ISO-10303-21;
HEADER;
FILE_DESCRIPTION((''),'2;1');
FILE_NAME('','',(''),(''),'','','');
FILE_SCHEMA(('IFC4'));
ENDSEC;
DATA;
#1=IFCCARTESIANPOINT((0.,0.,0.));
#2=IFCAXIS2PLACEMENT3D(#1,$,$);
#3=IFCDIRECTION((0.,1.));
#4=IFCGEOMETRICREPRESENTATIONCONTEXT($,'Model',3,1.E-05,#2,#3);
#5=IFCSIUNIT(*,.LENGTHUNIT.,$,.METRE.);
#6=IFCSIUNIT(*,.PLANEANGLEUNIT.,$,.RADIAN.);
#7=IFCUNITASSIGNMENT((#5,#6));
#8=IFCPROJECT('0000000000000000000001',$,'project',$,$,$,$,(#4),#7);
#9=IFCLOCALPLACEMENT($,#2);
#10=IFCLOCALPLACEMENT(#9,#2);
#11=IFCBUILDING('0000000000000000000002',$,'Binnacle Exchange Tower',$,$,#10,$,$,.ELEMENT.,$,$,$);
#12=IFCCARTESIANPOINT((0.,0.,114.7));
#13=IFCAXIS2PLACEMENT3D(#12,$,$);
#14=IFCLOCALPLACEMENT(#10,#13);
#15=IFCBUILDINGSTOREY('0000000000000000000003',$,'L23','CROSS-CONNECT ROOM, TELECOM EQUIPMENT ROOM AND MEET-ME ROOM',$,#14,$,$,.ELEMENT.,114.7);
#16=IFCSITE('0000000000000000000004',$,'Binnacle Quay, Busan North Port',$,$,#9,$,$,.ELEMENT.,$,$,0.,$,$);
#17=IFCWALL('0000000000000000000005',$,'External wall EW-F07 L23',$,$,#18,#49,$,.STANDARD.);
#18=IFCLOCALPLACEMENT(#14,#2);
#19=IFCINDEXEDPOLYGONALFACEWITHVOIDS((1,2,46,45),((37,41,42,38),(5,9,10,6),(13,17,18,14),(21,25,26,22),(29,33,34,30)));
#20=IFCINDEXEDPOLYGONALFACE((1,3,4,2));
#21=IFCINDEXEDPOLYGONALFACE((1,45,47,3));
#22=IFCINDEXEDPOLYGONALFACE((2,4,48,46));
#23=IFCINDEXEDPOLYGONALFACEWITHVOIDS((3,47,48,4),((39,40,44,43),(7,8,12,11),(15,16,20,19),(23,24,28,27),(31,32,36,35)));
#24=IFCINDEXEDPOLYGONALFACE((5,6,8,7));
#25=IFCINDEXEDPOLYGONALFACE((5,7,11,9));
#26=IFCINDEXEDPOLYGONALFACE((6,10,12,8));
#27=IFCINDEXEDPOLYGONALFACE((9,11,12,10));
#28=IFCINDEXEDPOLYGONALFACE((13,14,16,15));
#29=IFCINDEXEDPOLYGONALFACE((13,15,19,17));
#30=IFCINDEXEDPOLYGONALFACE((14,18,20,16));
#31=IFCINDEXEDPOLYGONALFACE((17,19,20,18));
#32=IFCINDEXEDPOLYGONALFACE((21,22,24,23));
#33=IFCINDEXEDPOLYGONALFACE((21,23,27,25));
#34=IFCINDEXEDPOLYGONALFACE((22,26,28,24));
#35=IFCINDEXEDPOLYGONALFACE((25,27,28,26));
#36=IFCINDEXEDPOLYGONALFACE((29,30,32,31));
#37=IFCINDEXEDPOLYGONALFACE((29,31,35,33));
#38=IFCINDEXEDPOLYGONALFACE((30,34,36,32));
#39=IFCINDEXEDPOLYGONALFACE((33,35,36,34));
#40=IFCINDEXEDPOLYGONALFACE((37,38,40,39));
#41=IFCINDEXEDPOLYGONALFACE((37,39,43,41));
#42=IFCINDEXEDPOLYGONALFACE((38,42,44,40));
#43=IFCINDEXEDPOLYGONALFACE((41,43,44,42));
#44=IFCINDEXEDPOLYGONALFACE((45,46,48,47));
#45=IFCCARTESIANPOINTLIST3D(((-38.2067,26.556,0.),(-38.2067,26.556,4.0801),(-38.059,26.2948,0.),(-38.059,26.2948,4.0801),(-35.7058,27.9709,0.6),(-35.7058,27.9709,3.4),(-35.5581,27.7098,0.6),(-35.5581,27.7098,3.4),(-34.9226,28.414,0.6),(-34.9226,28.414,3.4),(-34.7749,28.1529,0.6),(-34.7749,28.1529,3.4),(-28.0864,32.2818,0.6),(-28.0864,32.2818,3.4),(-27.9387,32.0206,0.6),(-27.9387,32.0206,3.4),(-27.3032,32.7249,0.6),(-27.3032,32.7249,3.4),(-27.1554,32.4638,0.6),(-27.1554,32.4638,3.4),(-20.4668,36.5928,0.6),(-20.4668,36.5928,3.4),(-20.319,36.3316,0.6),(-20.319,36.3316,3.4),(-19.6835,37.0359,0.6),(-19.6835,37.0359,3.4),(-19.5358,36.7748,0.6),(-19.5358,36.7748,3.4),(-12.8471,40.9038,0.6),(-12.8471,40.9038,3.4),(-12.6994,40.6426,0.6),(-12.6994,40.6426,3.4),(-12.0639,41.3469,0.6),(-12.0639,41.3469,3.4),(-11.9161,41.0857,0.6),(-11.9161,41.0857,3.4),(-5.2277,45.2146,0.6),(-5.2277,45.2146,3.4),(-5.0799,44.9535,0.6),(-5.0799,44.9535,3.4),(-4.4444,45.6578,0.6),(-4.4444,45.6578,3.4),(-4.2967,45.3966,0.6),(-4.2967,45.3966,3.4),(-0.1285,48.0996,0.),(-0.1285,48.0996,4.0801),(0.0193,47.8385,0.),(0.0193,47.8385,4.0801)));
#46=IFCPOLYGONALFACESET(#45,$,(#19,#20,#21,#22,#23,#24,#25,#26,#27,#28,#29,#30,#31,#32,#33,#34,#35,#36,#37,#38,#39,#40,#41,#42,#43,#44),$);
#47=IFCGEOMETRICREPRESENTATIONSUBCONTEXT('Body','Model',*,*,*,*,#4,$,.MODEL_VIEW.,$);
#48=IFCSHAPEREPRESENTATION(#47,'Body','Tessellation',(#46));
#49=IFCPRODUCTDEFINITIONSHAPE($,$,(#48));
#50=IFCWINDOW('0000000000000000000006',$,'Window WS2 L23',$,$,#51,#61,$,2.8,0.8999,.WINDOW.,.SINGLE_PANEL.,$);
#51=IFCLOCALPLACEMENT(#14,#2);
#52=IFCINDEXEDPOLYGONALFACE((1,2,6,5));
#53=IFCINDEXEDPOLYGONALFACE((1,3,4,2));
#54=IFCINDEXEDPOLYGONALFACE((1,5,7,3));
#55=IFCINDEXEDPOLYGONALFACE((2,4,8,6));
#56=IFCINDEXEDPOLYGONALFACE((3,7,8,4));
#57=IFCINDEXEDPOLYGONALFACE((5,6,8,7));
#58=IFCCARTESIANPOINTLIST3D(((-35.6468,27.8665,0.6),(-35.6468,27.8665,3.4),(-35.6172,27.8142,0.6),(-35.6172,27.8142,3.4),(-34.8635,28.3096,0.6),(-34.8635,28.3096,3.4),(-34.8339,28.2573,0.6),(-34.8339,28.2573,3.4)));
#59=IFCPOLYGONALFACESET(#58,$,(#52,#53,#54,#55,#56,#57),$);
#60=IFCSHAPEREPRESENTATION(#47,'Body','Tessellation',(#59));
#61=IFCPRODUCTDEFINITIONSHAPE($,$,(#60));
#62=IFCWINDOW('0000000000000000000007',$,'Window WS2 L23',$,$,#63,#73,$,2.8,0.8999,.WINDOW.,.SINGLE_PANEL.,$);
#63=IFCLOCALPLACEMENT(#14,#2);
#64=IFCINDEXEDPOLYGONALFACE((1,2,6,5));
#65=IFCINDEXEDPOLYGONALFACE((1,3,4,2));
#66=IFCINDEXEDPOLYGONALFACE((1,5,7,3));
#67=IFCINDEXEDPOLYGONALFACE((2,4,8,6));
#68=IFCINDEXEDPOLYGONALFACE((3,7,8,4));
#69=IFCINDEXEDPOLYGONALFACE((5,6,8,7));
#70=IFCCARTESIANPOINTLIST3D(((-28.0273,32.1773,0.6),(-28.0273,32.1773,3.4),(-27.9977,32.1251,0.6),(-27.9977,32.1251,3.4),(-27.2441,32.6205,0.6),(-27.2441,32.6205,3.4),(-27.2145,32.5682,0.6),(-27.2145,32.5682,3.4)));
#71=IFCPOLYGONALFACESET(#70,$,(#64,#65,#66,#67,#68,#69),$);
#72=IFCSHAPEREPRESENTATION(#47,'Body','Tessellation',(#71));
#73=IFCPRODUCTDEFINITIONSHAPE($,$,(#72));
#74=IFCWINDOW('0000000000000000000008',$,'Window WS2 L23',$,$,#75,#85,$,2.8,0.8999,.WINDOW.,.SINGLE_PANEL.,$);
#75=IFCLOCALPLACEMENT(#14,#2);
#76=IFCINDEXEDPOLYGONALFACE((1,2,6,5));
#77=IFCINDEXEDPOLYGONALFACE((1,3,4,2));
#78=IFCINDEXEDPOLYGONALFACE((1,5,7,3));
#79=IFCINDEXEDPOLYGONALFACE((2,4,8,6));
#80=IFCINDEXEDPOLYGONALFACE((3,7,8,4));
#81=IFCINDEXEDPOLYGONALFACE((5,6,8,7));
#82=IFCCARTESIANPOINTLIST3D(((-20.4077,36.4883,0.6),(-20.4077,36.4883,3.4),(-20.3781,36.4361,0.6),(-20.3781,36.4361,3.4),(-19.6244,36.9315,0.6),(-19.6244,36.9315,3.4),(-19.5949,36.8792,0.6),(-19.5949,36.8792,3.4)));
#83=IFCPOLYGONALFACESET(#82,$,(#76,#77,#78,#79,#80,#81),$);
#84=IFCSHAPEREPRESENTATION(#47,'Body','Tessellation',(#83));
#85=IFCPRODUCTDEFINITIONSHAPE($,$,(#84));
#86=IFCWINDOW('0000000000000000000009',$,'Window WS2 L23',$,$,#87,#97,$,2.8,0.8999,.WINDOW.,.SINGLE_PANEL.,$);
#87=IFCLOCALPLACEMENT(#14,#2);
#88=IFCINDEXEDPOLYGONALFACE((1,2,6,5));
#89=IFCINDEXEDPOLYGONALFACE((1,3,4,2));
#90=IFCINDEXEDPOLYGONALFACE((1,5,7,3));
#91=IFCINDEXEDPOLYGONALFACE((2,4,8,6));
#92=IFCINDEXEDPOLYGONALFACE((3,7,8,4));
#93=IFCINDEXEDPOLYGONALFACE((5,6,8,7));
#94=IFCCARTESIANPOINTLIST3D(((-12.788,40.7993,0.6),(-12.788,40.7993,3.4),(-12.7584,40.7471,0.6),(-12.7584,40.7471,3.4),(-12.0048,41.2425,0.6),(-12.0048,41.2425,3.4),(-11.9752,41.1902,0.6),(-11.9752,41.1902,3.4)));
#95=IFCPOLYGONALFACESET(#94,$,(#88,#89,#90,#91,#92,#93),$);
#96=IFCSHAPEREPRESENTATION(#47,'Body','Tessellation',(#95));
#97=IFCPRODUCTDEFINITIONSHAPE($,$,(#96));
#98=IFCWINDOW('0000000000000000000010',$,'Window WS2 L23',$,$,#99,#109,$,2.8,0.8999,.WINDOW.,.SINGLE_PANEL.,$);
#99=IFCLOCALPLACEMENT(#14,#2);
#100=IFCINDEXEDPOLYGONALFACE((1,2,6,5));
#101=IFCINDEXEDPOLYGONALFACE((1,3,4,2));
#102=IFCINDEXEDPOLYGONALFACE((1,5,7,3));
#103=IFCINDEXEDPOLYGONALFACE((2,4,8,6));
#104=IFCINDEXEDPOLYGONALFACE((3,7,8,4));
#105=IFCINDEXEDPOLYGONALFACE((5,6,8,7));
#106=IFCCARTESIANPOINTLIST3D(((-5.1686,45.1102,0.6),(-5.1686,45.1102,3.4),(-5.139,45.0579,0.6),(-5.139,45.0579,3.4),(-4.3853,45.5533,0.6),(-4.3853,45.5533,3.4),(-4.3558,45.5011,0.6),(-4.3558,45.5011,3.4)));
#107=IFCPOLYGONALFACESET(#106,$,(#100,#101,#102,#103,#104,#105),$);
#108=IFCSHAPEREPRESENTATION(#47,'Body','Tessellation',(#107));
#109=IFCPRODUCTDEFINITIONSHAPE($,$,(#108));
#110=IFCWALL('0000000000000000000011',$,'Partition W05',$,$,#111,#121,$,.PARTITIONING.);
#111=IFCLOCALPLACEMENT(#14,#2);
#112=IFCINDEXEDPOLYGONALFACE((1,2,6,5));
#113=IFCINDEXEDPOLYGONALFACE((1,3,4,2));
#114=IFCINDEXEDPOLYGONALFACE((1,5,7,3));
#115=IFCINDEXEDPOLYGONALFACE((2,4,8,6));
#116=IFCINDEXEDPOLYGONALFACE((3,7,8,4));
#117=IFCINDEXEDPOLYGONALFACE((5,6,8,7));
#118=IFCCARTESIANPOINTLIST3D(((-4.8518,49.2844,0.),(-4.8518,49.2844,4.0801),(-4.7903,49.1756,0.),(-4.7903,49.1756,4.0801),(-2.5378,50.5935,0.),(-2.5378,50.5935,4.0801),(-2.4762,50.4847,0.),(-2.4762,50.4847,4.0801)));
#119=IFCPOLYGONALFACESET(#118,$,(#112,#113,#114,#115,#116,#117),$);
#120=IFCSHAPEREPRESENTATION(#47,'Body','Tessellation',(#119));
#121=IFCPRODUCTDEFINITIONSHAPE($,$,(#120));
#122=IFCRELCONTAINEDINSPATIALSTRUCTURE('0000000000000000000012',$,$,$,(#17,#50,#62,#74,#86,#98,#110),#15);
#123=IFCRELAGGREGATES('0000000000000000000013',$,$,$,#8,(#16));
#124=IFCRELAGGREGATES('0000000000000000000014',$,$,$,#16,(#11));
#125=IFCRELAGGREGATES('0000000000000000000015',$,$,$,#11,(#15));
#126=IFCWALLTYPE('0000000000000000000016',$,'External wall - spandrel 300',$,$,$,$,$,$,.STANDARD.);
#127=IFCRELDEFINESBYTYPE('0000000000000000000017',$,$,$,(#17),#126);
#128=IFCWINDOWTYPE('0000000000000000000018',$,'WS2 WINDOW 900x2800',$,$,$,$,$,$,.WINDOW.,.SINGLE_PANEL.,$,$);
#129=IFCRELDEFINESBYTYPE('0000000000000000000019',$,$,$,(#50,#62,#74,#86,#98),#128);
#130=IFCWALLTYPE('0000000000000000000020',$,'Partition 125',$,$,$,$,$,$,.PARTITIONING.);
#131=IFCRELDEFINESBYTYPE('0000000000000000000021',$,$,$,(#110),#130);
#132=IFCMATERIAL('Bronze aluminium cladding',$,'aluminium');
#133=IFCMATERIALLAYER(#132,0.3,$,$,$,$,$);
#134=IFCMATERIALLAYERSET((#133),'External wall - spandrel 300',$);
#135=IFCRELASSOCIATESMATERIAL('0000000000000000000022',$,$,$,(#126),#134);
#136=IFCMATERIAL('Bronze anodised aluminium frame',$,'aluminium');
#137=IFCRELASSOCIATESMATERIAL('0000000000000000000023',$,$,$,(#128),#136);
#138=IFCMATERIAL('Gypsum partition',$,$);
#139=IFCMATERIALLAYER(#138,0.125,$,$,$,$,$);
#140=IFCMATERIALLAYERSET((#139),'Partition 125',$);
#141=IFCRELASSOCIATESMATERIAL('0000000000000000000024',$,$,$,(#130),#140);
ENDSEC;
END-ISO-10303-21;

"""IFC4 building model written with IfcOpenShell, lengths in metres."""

from ifc_helpers import new_model, si_unit, direction, frame, frame_2d, origin, place, context, subcontext, project, spatial, rectangle, extrude, material, layer, layer_set, type_object, element, fill, save


model = new_model("IFC4")

# Units and contexts
model_context = context("Model", 3, precision=1e-05, world=origin(), true_north=direction((0.0, 1.0)))
body_context = subcontext(model_context, "Body", "Model", "MODEL_VIEW")
ifc_project = project(units=[si_unit("LENGTHUNIT", "METRE"), si_unit("PLANEANGLEUNIT", "RADIAN")], contexts=[model_context])

# Site, building, storey
site_placement = place(None, origin())
site = spatial("IfcSite", under=ifc_project, at=site_placement, Name="Binnacle Quay, Busan North Port", CompositionType="ELEMENT", RefElevation=0.0)
building_placement = place(site_placement, origin())
building = spatial("IfcBuilding", under=site, at=building_placement, Name="Binnacle Exchange Tower", CompositionType="ELEMENT")
storey_placement = place(building_placement, frame((0.0, 0.0, 114.7)))
storey = spatial("IfcBuildingStorey", under=building, at=storey_placement, Name="L23", Description="CROSS-CONNECT ROOM, TELECOM EQUIPMENT ROOM AND MEET-ME ROOM", CompositionType="ELEMENT", Elevation=114.7)

# Wall, openings, windows
ifc_material_1 = material(Name="Bronze aluminium cladding", Category="aluminium")
ifc_layer_1 = layer(ifc_material_1, 0.3)
ifc_layer_set_1 = layer_set([ifc_layer_1], Name="External wall - spandrel 300")
wall_type_1 = type_object("IfcWallType", Name="External wall - spandrel 300", PredefinedType="STANDARD", material=ifc_layer_set_1)
wall_1_placement = place(storey_placement, frame((-0.0547, 47.969, 0.0), z_axis=(0.0, 0.0, 1.0), x_axis=(-0.870356, -0.492423, 0.0)))
wall_1 = element("IfcWall", 1, at=wall_1_placement, inside=storey, type_object=wall_type_1, Name="External wall EW-F07 L23", PredefinedType="STANDARD", context=body_context, shape_type="SweptSolid", body=[
    extrude(rectangle(XDim=43.7502, YDim=0.3, at=frame_2d((21.875, 0.0))), origin(), (0.0, 0.0, 1.0), 4.0801),
])
opening_1_placement = place(wall_1_placement, frame((39.9768, 0.0, 0.6001)))
opening_1 = element("IfcOpeningElement", 2, at=opening_1_placement, cuts=wall_1, PredefinedType="OPENING", context=body_context, shape_type="SweptSolid", body=[
    extrude(rectangle(XDim=0.8999, YDim=2.8, at=frame_2d((0.45, 1.3999))), frame((0.0, 0.1599, 0.0), z_axis=(0.0, -1.0, 0.0), x_axis=(1.0, 0.0, 0.0)), (0.0, 0.0, 1.0), 0.3201),
])
opening_2_placement = place(wall_1_placement, frame((31.2224, 0.0, 0.6001)))
opening_2 = element("IfcOpeningElement", 3, at=opening_2_placement, cuts=wall_1, PredefinedType="OPENING", context=body_context, shape_type="SweptSolid", body=[
    extrude(rectangle(XDim=0.8999, YDim=2.8, at=frame_2d((0.45, 1.3999))), frame((0.0, 0.1599, 0.0), z_axis=(0.0, -1.0, 0.0), x_axis=(1.0, 0.0, 0.0)), (0.0, 0.0, 1.0), 0.3201),
])
opening_3_placement = place(wall_1_placement, frame((22.4678, 0.0, 0.6001)))
opening_3 = element("IfcOpeningElement", 4, at=opening_3_placement, cuts=wall_1, PredefinedType="OPENING", context=body_context, shape_type="SweptSolid", body=[
    extrude(rectangle(XDim=0.8999, YDim=2.8, at=frame_2d((0.45, 1.3999))), frame((0.0, 0.1599, 0.0), z_axis=(0.0, -1.0, 0.0), x_axis=(1.0, 0.0, 0.0)), (0.0, 0.0, 1.0), 0.3201),
])
opening_4_placement = place(wall_1_placement, frame((13.7131, 0.0, 0.6001)))
opening_4 = element("IfcOpeningElement", 5, at=opening_4_placement, cuts=wall_1, PredefinedType="OPENING", context=body_context, shape_type="SweptSolid", body=[
    extrude(rectangle(XDim=0.8999, YDim=2.8, at=frame_2d((0.45, 1.3999))), frame((0.0, 0.1599, 0.0), z_axis=(0.0, -1.0, 0.0), x_axis=(1.0, 0.0, 0.0)), (0.0, 0.0, 1.0), 0.3201),
])
opening_5_placement = place(wall_1_placement, frame((4.9587, 0.0, 0.6001)))
opening_5 = element("IfcOpeningElement", 6, at=opening_5_placement, cuts=wall_1, PredefinedType="OPENING", context=body_context, shape_type="SweptSolid", body=[
    extrude(rectangle(XDim=0.8999, YDim=2.8, at=frame_2d((0.45, 1.3999))), frame((0.0, 0.1599, 0.0), z_axis=(0.0, -1.0, 0.0), x_axis=(1.0, 0.0, 0.0)), (0.0, 0.0, 1.0), 0.3201),
])
ifc_material_2 = material(Name="Bronze anodised aluminium frame", Category="aluminium")
window_type = type_object("IfcWindowType", Name="WS2 WINDOW 900x2800", PartitioningType="SINGLE_PANEL", PredefinedType="WINDOW", material=ifc_material_2)
window_1_placement = place(opening_1_placement, origin())
window_1 = element("IfcWindow", 7, at=window_1_placement, inside=storey, type_object=window_type, Name="Window WS2 L23", OverallHeight=2.8, OverallWidth=0.8999, PartitioningType="SINGLE_PANEL", PredefinedType="WINDOW", context=body_context, shape_type="SweptSolid", body=[
    extrude(rectangle(XDim=0.8999, YDim=2.8, at=frame_2d((0.45, 1.3999))), frame((0.0, 0.03, 0.0), z_axis=(0.0, -1.0, 0.0), x_axis=(1.0, 0.0, 0.0)), (0.0, 0.0, 1.0), 0.0601),
])
fill(opening_1, window_1)
window_2_placement = place(opening_2_placement, origin())
window_2 = element("IfcWindow", 8, at=window_2_placement, inside=storey, type_object=window_type, Name="Window WS2 L23", OverallHeight=2.8, OverallWidth=0.8999, PartitioningType="SINGLE_PANEL", PredefinedType="WINDOW", context=body_context, shape_type="SweptSolid", body=[
    extrude(rectangle(XDim=0.8999, YDim=2.8, at=frame_2d((0.45, 1.3999))), frame((0.0, 0.03, 0.0), z_axis=(0.0, -1.0, 0.0), x_axis=(1.0, 0.0, 0.0)), (0.0, 0.0, 1.0), 0.0601),
])
fill(opening_2, window_2)
window_3_placement = place(opening_3_placement, origin())
window_3 = element("IfcWindow", 9, at=window_3_placement, inside=storey, type_object=window_type, Name="Window WS2 L23", OverallHeight=2.8, OverallWidth=0.8999, PartitioningType="SINGLE_PANEL", PredefinedType="WINDOW", context=body_context, shape_type="SweptSolid", body=[
    extrude(rectangle(XDim=0.8999, YDim=2.8, at=frame_2d((0.45, 1.3999))), frame((0.0, 0.03, 0.0), z_axis=(0.0, -1.0, 0.0), x_axis=(1.0, 0.0, 0.0)), (0.0, 0.0, 1.0), 0.0601),
])
fill(opening_3, window_3)
window_4_placement = place(opening_4_placement, origin())
window_4 = element("IfcWindow", 10, at=window_4_placement, inside=storey, type_object=window_type, Name="Window WS2 L23", OverallHeight=2.8, OverallWidth=0.8999, PartitioningType="SINGLE_PANEL", PredefinedType="WINDOW", context=body_context, shape_type="SweptSolid", body=[
    extrude(rectangle(XDim=0.8999, YDim=2.8, at=frame_2d((0.45, 1.3999))), frame((0.0, 0.03, 0.0), z_axis=(0.0, -1.0, 0.0), x_axis=(1.0, 0.0, 0.0)), (0.0, 0.0, 1.0), 0.0601),
])
fill(opening_4, window_4)
window_5_placement = place(opening_5_placement, origin())
window_5 = element("IfcWindow", 11, at=window_5_placement, inside=storey, type_object=window_type, Name="Window WS2 L23", OverallHeight=2.8, OverallWidth=0.8999, PartitioningType="SINGLE_PANEL", PredefinedType="WINDOW", context=body_context, shape_type="SweptSolid", body=[
    extrude(rectangle(XDim=0.8999, YDim=2.8, at=frame_2d((0.45, 1.3999))), frame((0.0, 0.03, 0.0), z_axis=(0.0, -1.0, 0.0), x_axis=(1.0, 0.0, 0.0)), (0.0, 0.0, 1.0), 0.0601),
])
fill(opening_5, window_5)

# Wall
ifc_material_3 = material(Name="Gypsum partition")
ifc_layer_2 = layer(ifc_material_3, 0.125)
ifc_layer_set_2 = layer_set([ifc_layer_2], Name="Partition 125")
wall_type_2 = type_object("IfcWallType", Name="Partition 125", PredefinedType="PARTITIONING", material=ifc_layer_set_2)
wall_2_placement = place(storey_placement, frame((-4.821, 49.23, 0.0), z_axis=(0.0, 0.0, 1.0), x_axis=(0.870371, 0.492396, 0.0)))
element("IfcWall", 12, at=wall_2_placement, inside=storey, type_object=wall_type_2, Name="Partition W05", PredefinedType="PARTITIONING", context=body_context, shape_type="SweptSolid", body=[
    extrude(rectangle(XDim=2.6587, YDim=0.125, at=frame_2d((1.3293, 0.0))), origin(), (0.0, 0.0, 1.0), 4.0801),
])

save(model, "model.ifc")
